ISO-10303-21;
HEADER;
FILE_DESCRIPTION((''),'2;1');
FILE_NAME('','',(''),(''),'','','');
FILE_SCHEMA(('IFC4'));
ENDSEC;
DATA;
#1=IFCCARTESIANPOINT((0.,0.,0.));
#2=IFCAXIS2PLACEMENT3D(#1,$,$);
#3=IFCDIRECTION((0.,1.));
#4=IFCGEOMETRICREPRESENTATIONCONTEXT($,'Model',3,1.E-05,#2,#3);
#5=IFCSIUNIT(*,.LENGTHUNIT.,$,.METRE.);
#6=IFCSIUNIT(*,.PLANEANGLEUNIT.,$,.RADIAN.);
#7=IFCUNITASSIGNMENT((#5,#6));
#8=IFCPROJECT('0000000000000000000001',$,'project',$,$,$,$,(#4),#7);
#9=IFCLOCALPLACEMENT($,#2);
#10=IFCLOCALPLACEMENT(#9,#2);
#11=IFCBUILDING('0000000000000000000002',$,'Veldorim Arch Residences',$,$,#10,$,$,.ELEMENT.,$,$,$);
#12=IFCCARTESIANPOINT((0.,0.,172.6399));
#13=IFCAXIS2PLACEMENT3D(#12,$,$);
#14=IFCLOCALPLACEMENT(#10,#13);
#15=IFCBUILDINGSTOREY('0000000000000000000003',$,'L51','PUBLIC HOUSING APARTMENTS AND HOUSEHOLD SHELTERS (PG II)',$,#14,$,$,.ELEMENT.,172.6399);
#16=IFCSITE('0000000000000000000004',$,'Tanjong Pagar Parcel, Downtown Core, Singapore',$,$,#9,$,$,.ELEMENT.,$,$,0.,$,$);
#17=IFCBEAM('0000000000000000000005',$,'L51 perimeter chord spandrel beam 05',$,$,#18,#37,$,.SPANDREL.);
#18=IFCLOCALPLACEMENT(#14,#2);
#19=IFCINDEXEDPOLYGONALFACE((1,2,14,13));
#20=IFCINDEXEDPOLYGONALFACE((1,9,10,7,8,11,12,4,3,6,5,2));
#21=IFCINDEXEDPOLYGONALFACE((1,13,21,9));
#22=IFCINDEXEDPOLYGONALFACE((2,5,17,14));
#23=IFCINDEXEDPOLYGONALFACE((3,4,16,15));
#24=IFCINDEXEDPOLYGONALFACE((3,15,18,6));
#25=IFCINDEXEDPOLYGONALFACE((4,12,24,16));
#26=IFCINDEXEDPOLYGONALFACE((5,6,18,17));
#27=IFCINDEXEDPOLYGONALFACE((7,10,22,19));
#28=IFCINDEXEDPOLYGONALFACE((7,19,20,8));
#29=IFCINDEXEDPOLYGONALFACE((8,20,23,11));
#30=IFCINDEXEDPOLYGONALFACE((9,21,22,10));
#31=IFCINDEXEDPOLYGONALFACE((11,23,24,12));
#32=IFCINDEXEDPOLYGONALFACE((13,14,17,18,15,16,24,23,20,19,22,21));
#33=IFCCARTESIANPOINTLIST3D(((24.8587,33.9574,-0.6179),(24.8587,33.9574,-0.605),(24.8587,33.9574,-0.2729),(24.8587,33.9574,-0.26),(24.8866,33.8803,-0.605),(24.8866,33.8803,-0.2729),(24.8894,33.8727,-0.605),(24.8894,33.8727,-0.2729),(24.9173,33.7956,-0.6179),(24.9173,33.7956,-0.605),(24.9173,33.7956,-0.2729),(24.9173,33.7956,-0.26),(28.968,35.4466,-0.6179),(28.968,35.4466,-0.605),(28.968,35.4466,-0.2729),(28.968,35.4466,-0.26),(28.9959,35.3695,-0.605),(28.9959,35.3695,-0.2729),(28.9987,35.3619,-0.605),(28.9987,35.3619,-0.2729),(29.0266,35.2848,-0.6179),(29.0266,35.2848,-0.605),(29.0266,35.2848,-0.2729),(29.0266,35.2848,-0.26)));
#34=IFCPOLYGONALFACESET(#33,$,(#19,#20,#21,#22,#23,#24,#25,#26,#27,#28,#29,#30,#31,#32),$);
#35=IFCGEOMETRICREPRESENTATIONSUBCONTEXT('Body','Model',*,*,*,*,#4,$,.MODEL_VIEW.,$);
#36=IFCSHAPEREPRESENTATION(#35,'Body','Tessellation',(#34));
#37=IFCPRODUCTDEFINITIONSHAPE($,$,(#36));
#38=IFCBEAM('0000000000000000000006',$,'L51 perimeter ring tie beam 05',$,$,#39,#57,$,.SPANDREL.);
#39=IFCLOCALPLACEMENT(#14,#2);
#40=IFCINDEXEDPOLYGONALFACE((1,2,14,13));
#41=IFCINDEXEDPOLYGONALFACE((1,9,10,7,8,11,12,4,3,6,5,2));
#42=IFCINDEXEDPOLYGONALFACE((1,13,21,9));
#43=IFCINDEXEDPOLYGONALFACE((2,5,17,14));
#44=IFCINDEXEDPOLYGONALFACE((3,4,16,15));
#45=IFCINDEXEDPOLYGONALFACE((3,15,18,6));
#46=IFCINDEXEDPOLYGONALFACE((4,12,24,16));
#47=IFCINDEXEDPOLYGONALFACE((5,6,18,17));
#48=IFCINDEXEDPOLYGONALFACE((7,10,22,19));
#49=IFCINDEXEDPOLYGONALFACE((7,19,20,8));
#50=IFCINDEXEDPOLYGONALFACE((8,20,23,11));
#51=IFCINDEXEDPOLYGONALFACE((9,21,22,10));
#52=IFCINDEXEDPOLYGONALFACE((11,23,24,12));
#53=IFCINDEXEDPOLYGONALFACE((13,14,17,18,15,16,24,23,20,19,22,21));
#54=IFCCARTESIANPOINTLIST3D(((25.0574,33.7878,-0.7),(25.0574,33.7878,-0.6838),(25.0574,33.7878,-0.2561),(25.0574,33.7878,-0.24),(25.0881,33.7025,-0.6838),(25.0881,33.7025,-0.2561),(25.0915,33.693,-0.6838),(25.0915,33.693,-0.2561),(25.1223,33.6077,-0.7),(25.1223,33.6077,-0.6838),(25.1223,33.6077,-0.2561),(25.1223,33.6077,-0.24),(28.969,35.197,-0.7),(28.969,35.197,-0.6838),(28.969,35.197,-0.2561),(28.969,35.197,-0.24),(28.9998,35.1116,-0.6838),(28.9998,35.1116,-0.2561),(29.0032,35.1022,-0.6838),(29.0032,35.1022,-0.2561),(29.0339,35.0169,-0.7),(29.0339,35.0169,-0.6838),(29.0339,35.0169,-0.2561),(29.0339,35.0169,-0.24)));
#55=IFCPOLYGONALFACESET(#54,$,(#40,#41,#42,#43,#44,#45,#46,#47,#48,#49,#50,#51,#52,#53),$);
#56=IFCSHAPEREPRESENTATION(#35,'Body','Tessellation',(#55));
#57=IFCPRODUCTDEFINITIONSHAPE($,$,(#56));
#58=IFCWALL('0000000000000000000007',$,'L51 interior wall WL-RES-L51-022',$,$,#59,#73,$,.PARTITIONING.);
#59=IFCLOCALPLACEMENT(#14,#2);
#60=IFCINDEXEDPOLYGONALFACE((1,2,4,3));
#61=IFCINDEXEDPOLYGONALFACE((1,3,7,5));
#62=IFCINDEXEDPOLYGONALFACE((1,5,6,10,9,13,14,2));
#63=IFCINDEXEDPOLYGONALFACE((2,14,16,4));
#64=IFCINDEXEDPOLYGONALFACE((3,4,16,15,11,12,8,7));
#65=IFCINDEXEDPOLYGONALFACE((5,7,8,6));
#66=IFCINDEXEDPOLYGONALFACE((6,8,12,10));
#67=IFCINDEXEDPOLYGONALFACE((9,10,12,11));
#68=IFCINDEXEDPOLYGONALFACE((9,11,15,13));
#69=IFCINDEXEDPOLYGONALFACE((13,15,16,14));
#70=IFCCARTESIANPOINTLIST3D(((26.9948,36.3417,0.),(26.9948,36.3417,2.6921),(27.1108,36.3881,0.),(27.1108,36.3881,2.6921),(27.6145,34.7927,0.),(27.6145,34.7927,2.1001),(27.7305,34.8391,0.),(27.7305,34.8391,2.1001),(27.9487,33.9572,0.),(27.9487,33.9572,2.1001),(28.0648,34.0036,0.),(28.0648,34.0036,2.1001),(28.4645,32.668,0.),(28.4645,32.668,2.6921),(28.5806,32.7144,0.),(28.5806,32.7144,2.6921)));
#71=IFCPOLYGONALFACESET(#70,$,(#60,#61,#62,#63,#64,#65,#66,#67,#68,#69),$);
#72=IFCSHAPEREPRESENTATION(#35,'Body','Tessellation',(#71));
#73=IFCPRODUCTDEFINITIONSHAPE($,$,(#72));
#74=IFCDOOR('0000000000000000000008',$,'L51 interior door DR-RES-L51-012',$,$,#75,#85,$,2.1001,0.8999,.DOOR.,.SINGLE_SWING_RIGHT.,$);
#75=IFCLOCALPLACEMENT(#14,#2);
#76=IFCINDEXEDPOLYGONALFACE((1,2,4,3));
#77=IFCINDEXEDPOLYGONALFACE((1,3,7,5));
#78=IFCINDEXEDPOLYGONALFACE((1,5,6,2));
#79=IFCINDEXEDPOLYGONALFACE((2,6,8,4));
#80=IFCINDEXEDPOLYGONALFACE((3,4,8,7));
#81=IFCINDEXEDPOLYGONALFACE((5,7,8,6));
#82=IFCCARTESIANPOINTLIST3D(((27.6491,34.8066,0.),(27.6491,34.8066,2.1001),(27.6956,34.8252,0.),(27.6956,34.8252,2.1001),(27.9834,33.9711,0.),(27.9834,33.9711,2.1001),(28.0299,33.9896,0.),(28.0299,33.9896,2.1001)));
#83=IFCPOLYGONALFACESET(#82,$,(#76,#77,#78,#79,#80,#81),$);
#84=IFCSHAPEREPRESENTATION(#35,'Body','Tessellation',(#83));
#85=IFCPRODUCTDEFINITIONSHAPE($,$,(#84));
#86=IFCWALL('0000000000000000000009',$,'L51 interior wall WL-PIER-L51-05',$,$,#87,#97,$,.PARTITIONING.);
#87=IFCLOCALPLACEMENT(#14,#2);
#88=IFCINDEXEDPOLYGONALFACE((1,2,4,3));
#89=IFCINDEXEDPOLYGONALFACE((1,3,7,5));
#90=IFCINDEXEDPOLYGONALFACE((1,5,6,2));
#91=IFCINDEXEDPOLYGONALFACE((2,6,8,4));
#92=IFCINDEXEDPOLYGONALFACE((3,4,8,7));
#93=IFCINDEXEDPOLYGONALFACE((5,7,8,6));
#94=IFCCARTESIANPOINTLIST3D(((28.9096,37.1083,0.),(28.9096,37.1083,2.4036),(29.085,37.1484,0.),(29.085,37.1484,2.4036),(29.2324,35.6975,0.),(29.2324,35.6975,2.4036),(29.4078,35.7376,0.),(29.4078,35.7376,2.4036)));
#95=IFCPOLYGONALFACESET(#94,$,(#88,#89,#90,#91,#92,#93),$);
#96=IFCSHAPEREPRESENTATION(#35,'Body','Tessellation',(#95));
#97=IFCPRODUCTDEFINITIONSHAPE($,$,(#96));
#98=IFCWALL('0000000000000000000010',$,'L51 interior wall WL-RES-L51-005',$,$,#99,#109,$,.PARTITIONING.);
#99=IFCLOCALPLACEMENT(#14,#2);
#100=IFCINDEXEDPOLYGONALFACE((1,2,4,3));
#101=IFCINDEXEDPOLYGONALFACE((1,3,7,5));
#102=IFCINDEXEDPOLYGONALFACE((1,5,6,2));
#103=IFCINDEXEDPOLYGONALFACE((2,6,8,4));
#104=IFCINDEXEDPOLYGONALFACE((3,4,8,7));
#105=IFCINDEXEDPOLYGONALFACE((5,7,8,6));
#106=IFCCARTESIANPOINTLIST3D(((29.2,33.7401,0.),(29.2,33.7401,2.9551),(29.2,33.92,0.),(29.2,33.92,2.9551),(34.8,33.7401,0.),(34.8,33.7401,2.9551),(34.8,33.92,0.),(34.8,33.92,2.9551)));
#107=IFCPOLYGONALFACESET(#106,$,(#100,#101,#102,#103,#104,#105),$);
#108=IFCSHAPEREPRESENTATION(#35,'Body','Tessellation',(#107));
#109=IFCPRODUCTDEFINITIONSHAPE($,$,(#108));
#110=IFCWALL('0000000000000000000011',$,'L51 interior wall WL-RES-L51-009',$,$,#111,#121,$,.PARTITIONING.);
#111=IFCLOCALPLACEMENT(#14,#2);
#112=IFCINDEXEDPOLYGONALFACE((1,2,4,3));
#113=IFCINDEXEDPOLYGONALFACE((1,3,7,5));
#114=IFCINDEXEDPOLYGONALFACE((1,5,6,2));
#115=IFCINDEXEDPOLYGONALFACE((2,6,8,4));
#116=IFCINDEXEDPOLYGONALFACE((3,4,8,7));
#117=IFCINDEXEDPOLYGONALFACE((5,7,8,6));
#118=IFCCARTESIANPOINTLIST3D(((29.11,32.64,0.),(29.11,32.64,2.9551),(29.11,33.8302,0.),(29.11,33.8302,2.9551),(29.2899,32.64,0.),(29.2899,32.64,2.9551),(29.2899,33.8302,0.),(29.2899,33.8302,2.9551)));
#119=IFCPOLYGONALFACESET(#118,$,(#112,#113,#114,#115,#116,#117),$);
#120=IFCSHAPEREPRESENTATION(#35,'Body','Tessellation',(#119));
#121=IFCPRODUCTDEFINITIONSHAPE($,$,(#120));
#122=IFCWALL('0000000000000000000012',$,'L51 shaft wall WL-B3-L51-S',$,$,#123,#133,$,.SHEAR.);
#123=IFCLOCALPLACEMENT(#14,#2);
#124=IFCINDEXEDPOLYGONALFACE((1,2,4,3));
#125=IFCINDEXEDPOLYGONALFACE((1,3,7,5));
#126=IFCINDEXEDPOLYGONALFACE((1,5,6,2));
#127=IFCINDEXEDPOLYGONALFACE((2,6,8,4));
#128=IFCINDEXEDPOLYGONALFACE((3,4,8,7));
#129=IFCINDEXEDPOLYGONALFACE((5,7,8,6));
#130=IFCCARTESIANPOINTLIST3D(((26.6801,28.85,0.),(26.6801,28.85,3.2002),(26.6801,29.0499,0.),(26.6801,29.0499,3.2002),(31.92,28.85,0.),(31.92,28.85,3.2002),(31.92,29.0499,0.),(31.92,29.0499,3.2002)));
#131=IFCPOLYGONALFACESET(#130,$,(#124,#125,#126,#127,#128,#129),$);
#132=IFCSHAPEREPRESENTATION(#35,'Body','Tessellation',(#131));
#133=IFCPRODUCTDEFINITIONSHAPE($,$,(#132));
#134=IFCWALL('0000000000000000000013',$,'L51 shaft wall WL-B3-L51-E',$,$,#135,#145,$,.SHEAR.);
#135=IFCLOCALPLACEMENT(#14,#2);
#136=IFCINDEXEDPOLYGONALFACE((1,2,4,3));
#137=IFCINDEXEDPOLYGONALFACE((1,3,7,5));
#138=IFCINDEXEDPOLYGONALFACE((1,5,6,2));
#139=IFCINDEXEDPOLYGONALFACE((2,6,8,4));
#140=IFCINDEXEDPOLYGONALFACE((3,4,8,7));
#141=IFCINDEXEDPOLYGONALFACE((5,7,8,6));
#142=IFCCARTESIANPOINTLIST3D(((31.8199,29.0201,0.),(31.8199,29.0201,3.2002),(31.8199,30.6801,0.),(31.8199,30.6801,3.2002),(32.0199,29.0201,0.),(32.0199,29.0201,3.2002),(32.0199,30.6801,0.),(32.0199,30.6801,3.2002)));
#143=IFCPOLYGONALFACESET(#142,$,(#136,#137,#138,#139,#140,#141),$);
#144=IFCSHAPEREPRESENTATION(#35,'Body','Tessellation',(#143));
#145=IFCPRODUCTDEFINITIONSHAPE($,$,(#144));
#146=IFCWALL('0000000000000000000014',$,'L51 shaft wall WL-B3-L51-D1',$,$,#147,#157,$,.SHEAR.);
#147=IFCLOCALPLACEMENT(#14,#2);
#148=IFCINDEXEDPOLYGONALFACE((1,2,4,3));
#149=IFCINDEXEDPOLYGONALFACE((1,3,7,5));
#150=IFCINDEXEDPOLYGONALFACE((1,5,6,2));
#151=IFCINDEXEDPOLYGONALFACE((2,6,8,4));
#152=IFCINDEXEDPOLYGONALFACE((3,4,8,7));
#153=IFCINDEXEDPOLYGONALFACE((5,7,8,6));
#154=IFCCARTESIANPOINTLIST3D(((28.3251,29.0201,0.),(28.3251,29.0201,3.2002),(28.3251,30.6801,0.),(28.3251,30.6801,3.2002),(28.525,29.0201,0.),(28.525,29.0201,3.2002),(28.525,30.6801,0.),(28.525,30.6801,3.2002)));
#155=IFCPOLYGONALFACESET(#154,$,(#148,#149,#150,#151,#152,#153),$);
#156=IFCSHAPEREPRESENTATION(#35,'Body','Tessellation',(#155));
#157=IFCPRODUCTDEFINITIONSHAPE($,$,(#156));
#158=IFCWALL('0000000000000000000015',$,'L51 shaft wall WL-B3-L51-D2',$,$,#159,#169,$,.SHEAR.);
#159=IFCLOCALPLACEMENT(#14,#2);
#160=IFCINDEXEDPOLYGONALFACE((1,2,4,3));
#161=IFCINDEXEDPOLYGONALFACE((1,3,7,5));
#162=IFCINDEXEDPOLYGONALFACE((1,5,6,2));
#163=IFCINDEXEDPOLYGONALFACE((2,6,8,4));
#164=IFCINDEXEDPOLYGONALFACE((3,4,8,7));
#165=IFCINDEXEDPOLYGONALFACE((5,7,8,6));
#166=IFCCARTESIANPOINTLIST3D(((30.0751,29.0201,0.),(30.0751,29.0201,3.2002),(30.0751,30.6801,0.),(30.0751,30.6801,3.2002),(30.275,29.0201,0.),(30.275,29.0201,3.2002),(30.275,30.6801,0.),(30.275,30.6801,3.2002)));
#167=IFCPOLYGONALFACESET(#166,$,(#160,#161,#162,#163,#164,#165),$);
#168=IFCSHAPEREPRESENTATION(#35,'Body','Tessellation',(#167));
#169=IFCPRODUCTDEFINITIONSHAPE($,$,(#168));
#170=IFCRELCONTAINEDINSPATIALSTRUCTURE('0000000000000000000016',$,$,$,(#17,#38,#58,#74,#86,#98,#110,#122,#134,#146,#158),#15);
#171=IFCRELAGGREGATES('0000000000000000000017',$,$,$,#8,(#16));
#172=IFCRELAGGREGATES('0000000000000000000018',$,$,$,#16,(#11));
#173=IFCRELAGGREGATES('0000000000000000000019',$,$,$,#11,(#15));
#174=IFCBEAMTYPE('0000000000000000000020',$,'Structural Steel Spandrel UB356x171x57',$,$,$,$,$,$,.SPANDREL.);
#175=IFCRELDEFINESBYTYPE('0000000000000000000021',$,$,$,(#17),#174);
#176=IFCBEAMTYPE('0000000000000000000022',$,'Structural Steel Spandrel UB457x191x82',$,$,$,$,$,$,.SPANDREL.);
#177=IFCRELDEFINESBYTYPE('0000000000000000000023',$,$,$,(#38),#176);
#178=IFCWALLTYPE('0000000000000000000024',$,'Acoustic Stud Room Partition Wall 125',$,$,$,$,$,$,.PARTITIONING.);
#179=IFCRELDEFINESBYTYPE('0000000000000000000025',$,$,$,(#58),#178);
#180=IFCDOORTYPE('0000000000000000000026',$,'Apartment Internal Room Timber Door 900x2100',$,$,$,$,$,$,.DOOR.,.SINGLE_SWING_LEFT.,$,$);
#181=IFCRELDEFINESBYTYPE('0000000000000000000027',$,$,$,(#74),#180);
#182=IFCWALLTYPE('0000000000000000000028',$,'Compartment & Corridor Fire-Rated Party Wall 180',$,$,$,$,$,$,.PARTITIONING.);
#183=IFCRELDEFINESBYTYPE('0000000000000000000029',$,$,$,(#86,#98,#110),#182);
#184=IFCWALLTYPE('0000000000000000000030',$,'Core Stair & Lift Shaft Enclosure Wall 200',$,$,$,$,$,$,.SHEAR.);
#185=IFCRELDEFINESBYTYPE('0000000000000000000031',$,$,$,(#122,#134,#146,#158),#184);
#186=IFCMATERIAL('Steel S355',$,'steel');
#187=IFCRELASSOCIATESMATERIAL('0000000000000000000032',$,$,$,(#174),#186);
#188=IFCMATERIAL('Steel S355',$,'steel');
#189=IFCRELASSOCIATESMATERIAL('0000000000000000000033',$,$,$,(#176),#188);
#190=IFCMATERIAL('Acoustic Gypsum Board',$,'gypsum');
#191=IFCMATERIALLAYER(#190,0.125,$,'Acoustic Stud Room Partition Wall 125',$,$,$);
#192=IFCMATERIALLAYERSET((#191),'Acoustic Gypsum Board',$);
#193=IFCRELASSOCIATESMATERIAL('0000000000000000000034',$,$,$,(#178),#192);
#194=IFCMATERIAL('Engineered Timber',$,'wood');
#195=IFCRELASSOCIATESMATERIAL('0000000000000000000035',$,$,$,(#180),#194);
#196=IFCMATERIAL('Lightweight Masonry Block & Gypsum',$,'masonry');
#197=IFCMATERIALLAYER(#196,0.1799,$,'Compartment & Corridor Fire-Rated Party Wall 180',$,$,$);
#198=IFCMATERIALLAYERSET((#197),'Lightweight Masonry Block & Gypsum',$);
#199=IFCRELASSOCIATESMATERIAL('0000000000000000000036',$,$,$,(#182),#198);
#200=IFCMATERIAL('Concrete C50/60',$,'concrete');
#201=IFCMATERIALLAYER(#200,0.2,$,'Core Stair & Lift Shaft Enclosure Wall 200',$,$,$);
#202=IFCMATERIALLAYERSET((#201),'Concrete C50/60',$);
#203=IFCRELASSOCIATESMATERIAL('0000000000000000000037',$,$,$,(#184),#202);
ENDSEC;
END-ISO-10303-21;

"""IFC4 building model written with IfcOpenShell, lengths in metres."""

from ifc_helpers import new_model, si_unit, direction, frame, frame_2d, origin, origin_2d, place, context, subcontext, project, spatial, rectangle, i_section, extrude, material, layer, layer_set, material_profile, profile_set, type_object, element, fill, save


model = new_model("IFC4")

# Units and contexts
model_context = context("Model", 3, precision=1e-05, world=origin(), true_north=direction((0.0, 1.0)))
body_context = subcontext(model_context, "Body", "Model", "MODEL_VIEW")
ifc_project = project(units=[si_unit("LENGTHUNIT", "METRE"), si_unit("PLANEANGLEUNIT", "RADIAN")], contexts=[model_context])

# Site, building, storey
site_placement = place(None, origin())
site = spatial("IfcSite", under=ifc_project, at=site_placement, Name="Tanjong Pagar Parcel, Downtown Core, Singapore", CompositionType="ELEMENT", RefElevation=0.0)
building_placement = place(site_placement, origin())
building = spatial("IfcBuilding", under=site, at=building_placement, Name="Veldorim Arch Residences", CompositionType="ELEMENT")
storey_placement = place(building_placement, frame((0.0, 0.0, 172.6399)))
storey = spatial("IfcBuildingStorey", under=building, at=storey_placement, Name="L51", Description="PUBLIC HOUSING APARTMENTS AND HOUSEHOLD SHELTERS (PG II)", CompositionType="ELEMENT", Elevation=172.6399)

# Beams
ifc_material_1 = material(Name="Steel S355", Category="steel")
ifc_material_profile_1 = material_profile(ifc_material_1, i_section(OverallWidth=0.1721, OverallDepth=0.3579, WebThickness=0.0081, FlangeThickness=0.0129, at=origin_2d()), Name="UB356x171x57")
ifc_profile_set_1 = profile_set([ifc_material_profile_1], Name="Steel S355")
beam_type_1 = type_object("IfcBeamType", Name="Structural Steel Spandrel UB356x171x57", PredefinedType="SPANDREL", material=ifc_profile_set_1)
beam_1_placement = place(storey_placement, frame((28.9973, 35.3657, -0.439), z_axis=(-0.940165, -0.34072, 0.0), x_axis=(0.34072, -0.940165, 0.0)))
element("IfcBeam", 1, at=beam_1_placement, inside=storey, type_object=beam_type_1, Name="L51 perimeter chord spandrel beam 05", PredefinedType="SPANDREL", context=body_context, shape_type="SweptSolid", body=[
    extrude(i_section(OverallWidth=0.1721, OverallDepth=0.3579, WebThickness=0.0081, FlangeThickness=0.0129, at=origin_2d()), origin(), (0.0, 0.0, 1.0), 4.3708),
])
ifc_material_2 = material(Name="Steel S355", Category="steel")
ifc_material_profile_2 = material_profile(ifc_material_2, i_section(OverallWidth=0.1914, OverallDepth=0.46, WebThickness=0.01, FlangeThickness=0.0161, at=origin_2d()), Name="UB457x191x82")
ifc_profile_set_2 = profile_set([ifc_material_profile_2], Name="Steel S355")
beam_type_2 = type_object("IfcBeamType", Name="Structural Steel Spandrel UB457x191x82", PredefinedType="SPANDREL", material=ifc_profile_set_2)
beam_2_placement = place(storey_placement, frame((29.0015, 35.1069, -0.47), z_axis=(-0.940811, -0.338932, 0.0), x_axis=(0.338932, -0.940811, 0.0)))
element("IfcBeam", 2, at=beam_2_placement, inside=storey, type_object=beam_type_2, Name="L51 perimeter ring tie beam 05", PredefinedType="SPANDREL", context=body_context, shape_type="SweptSolid", body=[
    extrude(i_section(OverallWidth=0.1914, OverallDepth=0.46, WebThickness=0.01, FlangeThickness=0.0161, at=origin_2d()), origin(), (0.0, 0.0, 1.0), 4.1577),
])

# Wall, opening, door
ifc_material_3 = material(Name="Acoustic Gypsum Board", Category="gypsum")
ifc_layer_1 = layer(ifc_material_3, 0.125, Name="Acoustic Stud Room Partition Wall 125")
ifc_layer_set_1 = layer_set([ifc_layer_1], Name="Acoustic Gypsum Board")
wall_type_1 = type_object("IfcWallType", Name="Acoustic Stud Room Partition Wall 125", PredefinedType="PARTITIONING", material=ifc_layer_set_1)
wall_1_placement = place(storey_placement, frame((27.0527, 36.365, 0.0), z_axis=(0.0, 0.0, 1.0), x_axis=(0.371455, -0.928451, 0.0)))
wall_1 = element("IfcWall", 3, at=wall_1_placement, inside=storey, type_object=wall_type_1, Name="L51 interior wall WL-RES-L51-022", PredefinedType="PARTITIONING", context=body_context, shape_type="SweptSolid", body=[
    extrude(rectangle(XDim=3.9568, YDim=0.125, at=frame_2d((1.9785, 0.0))), origin(), (0.0, 0.0, 1.0), 2.6921),
])
opening_1_placement = place(wall_1_placement, frame((1.6685, 0.0, 0.0)))
opening_1 = element("IfcOpeningElement", 4, at=opening_1_placement, cuts=wall_1, PredefinedType="OPENING", context=body_context, shape_type="SweptSolid", body=[
    extrude(rectangle(XDim=0.8999, YDim=2.1001, at=frame_2d((0.45, 1.05))), frame((0.0, 0.0725, 0.0), z_axis=(0.0, -1.0, 0.0), x_axis=(1.0, 0.0, 0.0)), (0.0, 0.0, 1.0), 0.145),
])
ifc_material_4 = material(Name="Engineered Timber", Category="wood")
door_type = type_object("IfcDoorType", Name="Apartment Internal Room Timber Door 900x2100", OperationType="SINGLE_SWING_LEFT", PredefinedType="DOOR", material=ifc_material_4)
door_placement = place(opening_1_placement, origin())
door = element("IfcDoor", 5, at=door_placement, inside=storey, type_object=door_type, Name="L51 interior door DR-RES-L51-012", OperationType="SINGLE_SWING_RIGHT", OverallHeight=2.1001, OverallWidth=0.8999, PredefinedType="DOOR", context=body_context, shape_type="SweptSolid", body=[
    extrude(rectangle(XDim=0.8999, YDim=2.1001, at=frame_2d((0.45, 1.05))), frame((0.0, 0.0249, 0.0), z_axis=(0.0, -1.0, 0.0), x_axis=(1.0, 0.0, 0.0)), (0.0, 0.0, 1.0), 0.05),
])
fill(opening_1, door)

# Walls
ifc_material_5 = material(Name="Lightweight Masonry Block & Gypsum", Category="masonry")
ifc_layer_2 = layer(ifc_material_5, 0.1799, Name="Compartment & Corridor Fire-Rated Party Wall 180")
ifc_layer_set_2 = layer_set([ifc_layer_2], Name="Lightweight Masonry Block & Gypsum")
wall_type_2 = type_object("IfcWallType", Name="Compartment & Corridor Fire-Rated Party Wall 180", PredefinedType="PARTITIONING", material=ifc_layer_set_2)
wall_2_placement = place(storey_placement, frame((29.3201, 35.7175, 0.0), z_axis=(0.0, 0.0, 1.0), x_axis=(-0.222999, 0.974819, 0.0)))
element("IfcWall", 6, at=wall_2_placement, inside=storey, type_object=wall_type_2, Name="L51 interior wall WL-PIER-L51-05", PredefinedType="PARTITIONING", context=body_context, shape_type="SweptSolid", body=[
    extrude(rectangle(XDim=1.4473, YDim=0.1799, at=frame_2d((0.7236, 0.0))), origin(), (0.0, 0.0, 1.0), 2.4036),
])
wall_3_placement = place(storey_placement, frame((29.2, 33.8301, 0.0), z_axis=(0.0, 0.0, 1.0), x_axis=(1.0, 0.0, 0.0)))
element("IfcWall", 7, at=wall_3_placement, inside=storey, type_object=wall_type_2, Name="L51 interior wall WL-RES-L51-005", PredefinedType="PARTITIONING", context=body_context, shape_type="SweptSolid", body=[
    extrude(rectangle(XDim=5.6001, YDim=0.1799, at=frame_2d((2.8, 0.0))), origin(), (0.0, 0.0, 1.0), 2.9551),
])
wall_4_placement = place(storey_placement, frame((29.2, 32.6399, 0.0), z_axis=(0.0, 0.0, 1.0), x_axis=(0.0, 1.0, 0.0)))
element("IfcWall", 8, at=wall_4_placement, inside=storey, type_object=wall_type_2, Name="L51 interior wall WL-RES-L51-009", PredefinedType="PARTITIONING", context=body_context, shape_type="SweptSolid", body=[
    extrude(rectangle(XDim=1.1902, YDim=0.1799, at=frame_2d((0.5952, 0.0))), origin(), (0.0, 0.0, 1.0), 2.9551),
])
ifc_material_6 = material(Name="Concrete C50/60", Category="concrete")
ifc_layer_3 = layer(ifc_material_6, 0.2, Name="Core Stair & Lift Shaft Enclosure Wall 200")
ifc_layer_set_3 = layer_set([ifc_layer_3], Name="Concrete C50/60")
wall_type_3 = type_object("IfcWallType", Name="Core Stair & Lift Shaft Enclosure Wall 200", PredefinedType="SHEAR", material=ifc_layer_set_3)
wall_5_placement = place(storey_placement, frame((26.6799, 28.95, 0.0), z_axis=(0.0, 0.0, 1.0), x_axis=(1.0, 0.0, 0.0)))
element("IfcWall", 9, at=wall_5_placement, inside=storey, type_object=wall_type_3, Name="L51 shaft wall WL-B3-L51-S", PredefinedType="SHEAR", context=body_context, shape_type="SweptSolid", body=[
    extrude(rectangle(XDim=5.24, YDim=0.2, at=frame_2d((2.6201, 0.0))), origin(), (0.0, 0.0, 1.0), 3.2002),
])
for number, where, z_axis, x_axis, name in (
    (10, (31.9199, 29.02, 0.0), (0.0, 0.0, 1.0), (0.0, 1.0, 0.0), "L51 shaft wall WL-B3-L51-E"),
    (11, (28.425, 29.02, 0.0), (0.0, 0.0, 1.0), (0.0, 1.0, 0.0), "L51 shaft wall WL-B3-L51-D1"),
    (12, (30.175, 29.02, 0.0), (0.0, 0.0, 1.0), (0.0, 1.0, 0.0), "L51 shaft wall WL-B3-L51-D2"),
):
    element("IfcWall", number, at=place(storey_placement, frame(where, z_axis=z_axis, x_axis=x_axis)), inside=storey, type_object=wall_type_3, Name=name, PredefinedType="SHEAR", context=body_context, shape_type="SweptSolid", body=[
        extrude(rectangle(XDim=1.6599, YDim=0.2, at=frame_2d((0.8301, 0.0))), origin(), (0.0, 0.0, 1.0), 3.2002),
    ])

save(model, "model.ifc")
